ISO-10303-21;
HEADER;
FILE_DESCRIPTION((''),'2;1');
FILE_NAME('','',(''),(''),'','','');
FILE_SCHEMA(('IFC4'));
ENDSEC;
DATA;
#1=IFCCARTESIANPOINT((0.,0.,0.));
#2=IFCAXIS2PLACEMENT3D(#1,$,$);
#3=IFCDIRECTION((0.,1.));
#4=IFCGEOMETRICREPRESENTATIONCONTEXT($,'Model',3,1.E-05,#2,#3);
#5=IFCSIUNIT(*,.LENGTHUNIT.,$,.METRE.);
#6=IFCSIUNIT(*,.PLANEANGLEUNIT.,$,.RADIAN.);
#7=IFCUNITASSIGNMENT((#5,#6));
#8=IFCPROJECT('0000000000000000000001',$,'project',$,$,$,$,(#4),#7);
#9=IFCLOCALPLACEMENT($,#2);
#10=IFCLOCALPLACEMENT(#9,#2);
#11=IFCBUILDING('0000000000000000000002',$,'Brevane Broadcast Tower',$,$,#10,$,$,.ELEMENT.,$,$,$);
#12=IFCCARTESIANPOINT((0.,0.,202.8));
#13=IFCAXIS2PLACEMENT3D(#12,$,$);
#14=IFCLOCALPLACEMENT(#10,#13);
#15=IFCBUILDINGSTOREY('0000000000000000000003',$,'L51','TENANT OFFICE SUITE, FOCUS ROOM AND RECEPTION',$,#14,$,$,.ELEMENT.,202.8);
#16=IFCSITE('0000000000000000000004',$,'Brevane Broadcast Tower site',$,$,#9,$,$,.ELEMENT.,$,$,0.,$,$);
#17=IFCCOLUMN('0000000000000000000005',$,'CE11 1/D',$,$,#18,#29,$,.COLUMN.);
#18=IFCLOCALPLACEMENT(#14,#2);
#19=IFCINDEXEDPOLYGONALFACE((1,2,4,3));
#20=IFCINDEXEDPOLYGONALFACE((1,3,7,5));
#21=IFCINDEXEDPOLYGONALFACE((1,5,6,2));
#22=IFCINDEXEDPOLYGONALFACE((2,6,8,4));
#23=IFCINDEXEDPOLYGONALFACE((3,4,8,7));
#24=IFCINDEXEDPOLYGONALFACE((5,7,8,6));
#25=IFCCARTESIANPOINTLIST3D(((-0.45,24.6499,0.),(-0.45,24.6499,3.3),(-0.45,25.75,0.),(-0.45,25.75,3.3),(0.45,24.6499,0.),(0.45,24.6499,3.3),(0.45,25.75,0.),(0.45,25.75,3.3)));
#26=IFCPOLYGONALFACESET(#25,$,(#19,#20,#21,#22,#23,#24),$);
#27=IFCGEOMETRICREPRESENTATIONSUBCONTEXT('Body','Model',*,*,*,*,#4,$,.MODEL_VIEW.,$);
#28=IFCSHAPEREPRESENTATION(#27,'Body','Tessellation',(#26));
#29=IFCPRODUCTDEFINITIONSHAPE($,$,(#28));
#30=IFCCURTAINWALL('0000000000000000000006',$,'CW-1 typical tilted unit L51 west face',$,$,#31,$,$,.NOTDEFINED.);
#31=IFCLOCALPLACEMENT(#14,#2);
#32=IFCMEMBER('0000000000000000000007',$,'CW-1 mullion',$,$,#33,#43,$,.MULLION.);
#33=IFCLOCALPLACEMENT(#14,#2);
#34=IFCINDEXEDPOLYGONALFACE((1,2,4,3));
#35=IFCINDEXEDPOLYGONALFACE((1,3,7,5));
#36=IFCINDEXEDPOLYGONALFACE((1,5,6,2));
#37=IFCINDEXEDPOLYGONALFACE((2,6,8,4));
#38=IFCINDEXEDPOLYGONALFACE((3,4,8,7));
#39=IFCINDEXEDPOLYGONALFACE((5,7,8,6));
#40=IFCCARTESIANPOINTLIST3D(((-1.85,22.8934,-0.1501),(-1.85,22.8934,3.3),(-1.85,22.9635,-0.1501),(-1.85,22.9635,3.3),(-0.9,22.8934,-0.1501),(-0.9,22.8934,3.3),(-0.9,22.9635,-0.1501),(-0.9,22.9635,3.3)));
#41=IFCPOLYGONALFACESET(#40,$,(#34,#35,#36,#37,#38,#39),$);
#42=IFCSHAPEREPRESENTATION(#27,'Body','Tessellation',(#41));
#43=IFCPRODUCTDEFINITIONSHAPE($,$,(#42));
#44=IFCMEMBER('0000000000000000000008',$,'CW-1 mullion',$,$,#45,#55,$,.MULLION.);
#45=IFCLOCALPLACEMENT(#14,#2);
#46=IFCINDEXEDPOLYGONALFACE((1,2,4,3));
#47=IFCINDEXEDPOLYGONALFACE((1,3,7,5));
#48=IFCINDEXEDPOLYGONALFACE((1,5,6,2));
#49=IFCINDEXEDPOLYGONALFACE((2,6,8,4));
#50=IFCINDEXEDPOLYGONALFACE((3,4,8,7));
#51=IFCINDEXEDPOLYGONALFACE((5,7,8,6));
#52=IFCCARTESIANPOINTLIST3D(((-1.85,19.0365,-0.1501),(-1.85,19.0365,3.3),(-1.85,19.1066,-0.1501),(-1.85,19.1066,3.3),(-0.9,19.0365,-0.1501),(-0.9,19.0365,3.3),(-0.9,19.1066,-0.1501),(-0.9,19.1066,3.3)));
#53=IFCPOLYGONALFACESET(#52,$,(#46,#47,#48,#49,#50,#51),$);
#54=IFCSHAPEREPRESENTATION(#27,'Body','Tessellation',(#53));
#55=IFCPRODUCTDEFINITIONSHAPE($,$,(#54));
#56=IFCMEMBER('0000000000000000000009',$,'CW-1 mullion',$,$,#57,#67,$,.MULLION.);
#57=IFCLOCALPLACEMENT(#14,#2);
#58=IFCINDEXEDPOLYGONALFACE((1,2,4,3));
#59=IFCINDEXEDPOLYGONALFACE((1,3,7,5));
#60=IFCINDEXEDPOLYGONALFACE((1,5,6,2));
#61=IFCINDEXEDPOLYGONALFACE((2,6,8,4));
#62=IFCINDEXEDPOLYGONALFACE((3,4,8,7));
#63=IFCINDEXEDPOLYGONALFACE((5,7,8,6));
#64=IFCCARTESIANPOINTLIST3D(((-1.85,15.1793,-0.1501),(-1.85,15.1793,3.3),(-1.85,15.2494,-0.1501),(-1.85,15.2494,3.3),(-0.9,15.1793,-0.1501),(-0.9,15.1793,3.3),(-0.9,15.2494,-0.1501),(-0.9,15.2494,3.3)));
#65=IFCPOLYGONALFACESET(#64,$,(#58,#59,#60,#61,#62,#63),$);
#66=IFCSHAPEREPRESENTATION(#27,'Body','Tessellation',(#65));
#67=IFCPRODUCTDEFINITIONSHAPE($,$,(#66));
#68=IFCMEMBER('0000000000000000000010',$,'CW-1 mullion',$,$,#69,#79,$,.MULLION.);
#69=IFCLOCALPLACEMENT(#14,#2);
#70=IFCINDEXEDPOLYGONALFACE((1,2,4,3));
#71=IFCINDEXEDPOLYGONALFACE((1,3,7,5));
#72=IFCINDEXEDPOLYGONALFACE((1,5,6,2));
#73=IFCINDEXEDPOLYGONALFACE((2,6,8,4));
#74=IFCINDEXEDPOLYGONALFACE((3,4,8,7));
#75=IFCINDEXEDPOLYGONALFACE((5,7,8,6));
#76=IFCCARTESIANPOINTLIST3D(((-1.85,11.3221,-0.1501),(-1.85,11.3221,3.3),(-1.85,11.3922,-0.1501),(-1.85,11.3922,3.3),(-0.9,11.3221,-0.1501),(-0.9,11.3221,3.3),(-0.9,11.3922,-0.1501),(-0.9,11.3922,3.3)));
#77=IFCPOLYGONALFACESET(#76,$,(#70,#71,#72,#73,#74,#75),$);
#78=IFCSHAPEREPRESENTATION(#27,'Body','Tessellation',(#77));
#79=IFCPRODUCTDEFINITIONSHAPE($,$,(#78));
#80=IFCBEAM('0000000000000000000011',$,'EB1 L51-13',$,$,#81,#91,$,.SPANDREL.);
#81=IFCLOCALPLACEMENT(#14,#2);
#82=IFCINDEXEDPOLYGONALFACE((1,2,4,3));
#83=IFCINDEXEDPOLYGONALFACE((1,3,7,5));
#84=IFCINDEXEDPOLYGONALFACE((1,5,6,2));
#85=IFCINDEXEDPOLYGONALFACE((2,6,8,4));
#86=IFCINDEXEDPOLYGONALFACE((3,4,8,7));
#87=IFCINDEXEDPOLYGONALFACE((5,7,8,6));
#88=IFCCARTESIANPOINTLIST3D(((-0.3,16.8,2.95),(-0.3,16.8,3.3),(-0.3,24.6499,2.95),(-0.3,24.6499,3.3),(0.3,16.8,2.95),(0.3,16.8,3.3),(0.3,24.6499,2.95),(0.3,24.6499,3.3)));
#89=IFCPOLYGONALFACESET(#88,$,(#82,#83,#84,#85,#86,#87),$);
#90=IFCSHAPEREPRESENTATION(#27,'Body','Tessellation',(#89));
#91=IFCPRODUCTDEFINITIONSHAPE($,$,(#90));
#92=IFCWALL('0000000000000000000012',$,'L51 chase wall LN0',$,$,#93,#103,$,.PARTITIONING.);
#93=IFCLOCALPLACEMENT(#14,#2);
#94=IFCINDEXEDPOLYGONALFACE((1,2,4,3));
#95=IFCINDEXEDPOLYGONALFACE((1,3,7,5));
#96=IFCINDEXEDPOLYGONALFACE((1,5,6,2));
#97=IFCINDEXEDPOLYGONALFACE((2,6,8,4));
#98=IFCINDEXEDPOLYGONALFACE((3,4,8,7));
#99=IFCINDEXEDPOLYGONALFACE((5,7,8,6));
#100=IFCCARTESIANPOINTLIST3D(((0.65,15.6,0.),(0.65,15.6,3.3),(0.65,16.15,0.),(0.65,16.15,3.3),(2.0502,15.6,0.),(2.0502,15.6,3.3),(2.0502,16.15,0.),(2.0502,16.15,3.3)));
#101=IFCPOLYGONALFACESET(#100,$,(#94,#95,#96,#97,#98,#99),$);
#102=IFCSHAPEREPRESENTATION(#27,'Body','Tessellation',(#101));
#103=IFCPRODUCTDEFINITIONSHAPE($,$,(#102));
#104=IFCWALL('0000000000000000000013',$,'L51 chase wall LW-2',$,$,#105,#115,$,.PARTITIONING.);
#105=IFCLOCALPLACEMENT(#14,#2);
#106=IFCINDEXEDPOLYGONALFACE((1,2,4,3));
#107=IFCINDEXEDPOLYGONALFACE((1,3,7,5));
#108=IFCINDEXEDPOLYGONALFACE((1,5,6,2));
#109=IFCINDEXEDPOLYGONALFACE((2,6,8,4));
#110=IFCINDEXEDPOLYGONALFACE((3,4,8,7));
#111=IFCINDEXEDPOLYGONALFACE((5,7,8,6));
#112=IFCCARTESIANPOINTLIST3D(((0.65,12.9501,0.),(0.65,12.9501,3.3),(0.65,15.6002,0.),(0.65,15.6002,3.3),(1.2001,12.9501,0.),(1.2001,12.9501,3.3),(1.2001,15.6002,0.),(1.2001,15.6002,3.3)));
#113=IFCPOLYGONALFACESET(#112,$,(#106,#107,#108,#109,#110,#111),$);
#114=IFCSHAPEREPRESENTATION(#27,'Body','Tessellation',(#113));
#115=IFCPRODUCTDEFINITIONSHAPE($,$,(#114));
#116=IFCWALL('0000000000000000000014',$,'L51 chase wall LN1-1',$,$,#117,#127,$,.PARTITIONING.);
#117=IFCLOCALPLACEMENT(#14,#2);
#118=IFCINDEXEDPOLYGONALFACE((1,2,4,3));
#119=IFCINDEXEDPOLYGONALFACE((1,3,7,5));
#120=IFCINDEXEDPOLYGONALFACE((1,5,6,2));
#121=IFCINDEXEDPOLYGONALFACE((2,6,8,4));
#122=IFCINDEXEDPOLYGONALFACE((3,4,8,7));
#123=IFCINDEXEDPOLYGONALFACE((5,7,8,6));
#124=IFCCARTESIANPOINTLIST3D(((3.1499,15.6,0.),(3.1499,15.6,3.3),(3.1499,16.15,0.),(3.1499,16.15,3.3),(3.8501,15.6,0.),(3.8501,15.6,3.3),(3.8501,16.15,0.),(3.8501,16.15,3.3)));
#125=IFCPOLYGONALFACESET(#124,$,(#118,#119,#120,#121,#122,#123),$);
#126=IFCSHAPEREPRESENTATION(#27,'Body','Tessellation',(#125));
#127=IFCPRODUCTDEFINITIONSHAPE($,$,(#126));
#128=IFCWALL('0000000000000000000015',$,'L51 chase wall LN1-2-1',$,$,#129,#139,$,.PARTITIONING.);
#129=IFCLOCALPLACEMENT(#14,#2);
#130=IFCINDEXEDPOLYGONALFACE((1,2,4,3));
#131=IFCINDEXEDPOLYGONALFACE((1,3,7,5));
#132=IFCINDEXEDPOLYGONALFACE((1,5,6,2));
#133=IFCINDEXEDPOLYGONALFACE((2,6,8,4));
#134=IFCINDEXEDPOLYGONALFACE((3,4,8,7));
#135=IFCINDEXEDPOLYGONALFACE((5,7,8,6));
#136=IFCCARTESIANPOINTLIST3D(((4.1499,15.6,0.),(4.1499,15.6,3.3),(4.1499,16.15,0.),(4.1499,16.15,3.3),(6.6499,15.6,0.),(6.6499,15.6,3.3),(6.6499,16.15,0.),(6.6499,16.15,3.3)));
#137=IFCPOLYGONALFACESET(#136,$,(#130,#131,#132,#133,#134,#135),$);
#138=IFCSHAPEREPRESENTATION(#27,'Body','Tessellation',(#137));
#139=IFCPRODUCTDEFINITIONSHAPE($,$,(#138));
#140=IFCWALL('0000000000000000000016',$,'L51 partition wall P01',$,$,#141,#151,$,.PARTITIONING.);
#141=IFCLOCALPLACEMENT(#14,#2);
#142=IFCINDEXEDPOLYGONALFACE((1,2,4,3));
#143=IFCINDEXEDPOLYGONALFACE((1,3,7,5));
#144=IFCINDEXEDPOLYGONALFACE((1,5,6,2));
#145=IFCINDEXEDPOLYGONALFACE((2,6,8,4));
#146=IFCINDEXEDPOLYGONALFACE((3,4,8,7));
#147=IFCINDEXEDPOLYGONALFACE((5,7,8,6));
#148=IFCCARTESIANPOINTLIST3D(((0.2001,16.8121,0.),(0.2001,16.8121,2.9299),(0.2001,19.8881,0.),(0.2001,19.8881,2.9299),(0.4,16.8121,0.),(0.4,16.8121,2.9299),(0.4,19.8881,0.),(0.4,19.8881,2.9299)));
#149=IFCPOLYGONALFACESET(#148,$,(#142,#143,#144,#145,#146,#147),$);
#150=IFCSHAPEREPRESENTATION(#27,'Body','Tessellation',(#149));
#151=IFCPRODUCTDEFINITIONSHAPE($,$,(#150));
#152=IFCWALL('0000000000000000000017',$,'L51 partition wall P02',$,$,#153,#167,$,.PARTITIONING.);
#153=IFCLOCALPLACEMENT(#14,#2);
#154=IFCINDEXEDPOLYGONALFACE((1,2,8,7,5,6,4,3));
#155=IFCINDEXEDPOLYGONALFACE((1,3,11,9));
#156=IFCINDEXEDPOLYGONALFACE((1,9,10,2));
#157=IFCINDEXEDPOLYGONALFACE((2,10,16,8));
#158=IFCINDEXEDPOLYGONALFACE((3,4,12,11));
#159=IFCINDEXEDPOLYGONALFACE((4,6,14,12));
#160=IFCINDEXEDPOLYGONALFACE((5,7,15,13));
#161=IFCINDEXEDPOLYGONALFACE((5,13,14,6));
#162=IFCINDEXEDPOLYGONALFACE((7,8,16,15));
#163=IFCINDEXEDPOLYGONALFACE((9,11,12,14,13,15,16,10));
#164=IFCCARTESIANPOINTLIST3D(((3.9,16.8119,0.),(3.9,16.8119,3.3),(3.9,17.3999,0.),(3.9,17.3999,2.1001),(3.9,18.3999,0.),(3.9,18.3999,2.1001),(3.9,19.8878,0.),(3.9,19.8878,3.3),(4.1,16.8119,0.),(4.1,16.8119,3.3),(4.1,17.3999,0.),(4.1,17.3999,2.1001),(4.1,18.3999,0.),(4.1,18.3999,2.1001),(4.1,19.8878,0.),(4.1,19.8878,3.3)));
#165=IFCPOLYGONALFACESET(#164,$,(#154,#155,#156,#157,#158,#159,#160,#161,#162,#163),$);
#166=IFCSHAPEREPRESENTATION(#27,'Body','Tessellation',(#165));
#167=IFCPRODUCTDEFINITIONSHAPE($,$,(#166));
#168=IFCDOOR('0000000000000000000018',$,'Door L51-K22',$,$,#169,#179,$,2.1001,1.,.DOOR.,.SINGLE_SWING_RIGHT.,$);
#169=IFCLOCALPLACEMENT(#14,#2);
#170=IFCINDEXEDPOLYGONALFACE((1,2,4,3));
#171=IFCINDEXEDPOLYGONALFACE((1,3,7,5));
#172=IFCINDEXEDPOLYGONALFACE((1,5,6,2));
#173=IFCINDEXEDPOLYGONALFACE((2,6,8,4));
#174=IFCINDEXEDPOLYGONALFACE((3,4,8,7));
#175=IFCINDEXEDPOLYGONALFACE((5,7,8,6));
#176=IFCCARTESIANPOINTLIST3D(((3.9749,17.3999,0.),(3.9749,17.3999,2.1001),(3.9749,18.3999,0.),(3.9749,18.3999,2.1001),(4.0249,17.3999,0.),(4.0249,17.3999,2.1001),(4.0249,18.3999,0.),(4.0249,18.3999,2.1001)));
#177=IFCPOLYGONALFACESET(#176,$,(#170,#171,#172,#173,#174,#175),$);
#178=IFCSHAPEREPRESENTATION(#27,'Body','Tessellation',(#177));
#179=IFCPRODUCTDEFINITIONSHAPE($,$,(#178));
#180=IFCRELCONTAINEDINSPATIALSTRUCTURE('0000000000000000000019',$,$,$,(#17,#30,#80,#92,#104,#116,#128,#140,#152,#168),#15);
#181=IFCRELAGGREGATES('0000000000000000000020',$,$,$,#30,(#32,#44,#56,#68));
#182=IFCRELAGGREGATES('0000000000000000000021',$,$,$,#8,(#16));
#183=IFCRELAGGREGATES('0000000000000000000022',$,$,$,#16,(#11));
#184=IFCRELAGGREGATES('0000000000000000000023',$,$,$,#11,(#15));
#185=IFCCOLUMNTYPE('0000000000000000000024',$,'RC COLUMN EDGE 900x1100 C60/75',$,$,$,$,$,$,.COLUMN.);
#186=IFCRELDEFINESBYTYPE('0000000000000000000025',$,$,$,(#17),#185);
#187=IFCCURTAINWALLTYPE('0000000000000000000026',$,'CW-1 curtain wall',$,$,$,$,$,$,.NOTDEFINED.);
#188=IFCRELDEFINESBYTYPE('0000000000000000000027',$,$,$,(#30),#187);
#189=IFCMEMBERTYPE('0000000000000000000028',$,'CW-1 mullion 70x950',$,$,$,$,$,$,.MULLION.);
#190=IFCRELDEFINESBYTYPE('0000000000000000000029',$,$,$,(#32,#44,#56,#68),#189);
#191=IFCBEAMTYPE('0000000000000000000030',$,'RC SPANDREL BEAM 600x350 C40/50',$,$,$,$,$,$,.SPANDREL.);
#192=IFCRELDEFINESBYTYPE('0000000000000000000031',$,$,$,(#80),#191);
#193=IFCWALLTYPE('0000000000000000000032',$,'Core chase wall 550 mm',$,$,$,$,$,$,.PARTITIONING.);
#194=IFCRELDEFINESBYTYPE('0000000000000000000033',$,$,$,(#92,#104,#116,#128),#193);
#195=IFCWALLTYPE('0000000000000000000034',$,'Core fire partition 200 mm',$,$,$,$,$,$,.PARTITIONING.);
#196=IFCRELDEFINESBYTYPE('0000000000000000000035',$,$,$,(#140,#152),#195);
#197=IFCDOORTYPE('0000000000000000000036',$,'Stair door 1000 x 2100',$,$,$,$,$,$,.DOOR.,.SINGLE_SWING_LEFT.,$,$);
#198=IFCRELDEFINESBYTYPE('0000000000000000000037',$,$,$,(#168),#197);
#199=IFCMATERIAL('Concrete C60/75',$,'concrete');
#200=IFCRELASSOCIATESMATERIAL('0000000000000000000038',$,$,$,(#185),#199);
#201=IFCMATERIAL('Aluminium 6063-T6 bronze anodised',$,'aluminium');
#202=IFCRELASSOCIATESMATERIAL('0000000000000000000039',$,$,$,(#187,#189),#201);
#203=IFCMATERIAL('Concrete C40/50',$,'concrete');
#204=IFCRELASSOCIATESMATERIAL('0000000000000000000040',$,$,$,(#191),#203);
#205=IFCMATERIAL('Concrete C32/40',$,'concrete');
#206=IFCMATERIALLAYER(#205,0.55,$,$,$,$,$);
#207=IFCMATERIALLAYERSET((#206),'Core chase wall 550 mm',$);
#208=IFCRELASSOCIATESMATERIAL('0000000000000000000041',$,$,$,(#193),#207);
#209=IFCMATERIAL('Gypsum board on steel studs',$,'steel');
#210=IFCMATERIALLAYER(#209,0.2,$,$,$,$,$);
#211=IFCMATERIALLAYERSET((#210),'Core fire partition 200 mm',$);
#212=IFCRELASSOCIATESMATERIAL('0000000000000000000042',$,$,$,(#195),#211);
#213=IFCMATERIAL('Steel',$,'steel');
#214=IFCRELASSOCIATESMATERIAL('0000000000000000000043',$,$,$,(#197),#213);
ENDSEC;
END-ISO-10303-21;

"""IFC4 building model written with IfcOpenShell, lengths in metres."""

from ifc_helpers import new_model, si_unit, direction, frame, frame_2d, origin, origin_2d, place, context, subcontext, project, spatial, rectangle, extrude, material, layer, layer_set, material_profile, profile_set, type_object, element, fill, aggregate, save


model = new_model("IFC4")

# Units and contexts
model_context = context("Model", 3, precision=1e-05, world=origin(), true_north=direction((0.0, 1.0)))
body_context = subcontext(model_context, "Body", "Model", "MODEL_VIEW")
ifc_project = project(units=[si_unit("LENGTHUNIT", "METRE"), si_unit("PLANEANGLEUNIT", "RADIAN")], contexts=[model_context])

# Site, building, storey
site_placement = place(None, origin())
site = spatial("IfcSite", under=ifc_project, at=site_placement, Name="Brevane Broadcast Tower site", CompositionType="ELEMENT", RefElevation=0.0)
building_placement = place(site_placement, origin())
building = spatial("IfcBuilding", under=site, at=building_placement, Name="Brevane Broadcast Tower", CompositionType="ELEMENT")
storey_placement = place(building_placement, frame((0.0, 0.0, 202.8)))
storey = spatial("IfcBuildingStorey", under=building, at=storey_placement, Name="L51", Description="TENANT OFFICE SUITE, FOCUS ROOM AND RECEPTION", CompositionType="ELEMENT", Elevation=202.8)

# Column
ifc_material_1 = material(Name="Concrete C60/75", Category="concrete")
ifc_material_profile_1 = material_profile(ifc_material_1, rectangle(XDim=0.8999, YDim=1.1001, at=origin_2d()), Name="RC 900x1100")
ifc_profile_set_1 = profile_set([ifc_material_profile_1], Name="Concrete C60/75")
column_type = type_object("IfcColumnType", Name="RC COLUMN EDGE 900x1100 C60/75", PredefinedType="COLUMN", material=ifc_profile_set_1)
column_placement = place(storey_placement, frame((0.0, 25.2, 0.0), z_axis=(0.0, 0.0, 1.0), x_axis=(1.0, 0.0, 0.0)))
element("IfcColumn", 1, at=column_placement, inside=storey, type_object=column_type, Name="CE11 1/D", PredefinedType="COLUMN", context=body_context, shape_type="SweptSolid", body=[
    extrude(rectangle(XDim=0.8999, YDim=1.1001, at=origin_2d()), origin(), (0.0, 0.0, 1.0), 3.3),
])

# Curtain wall, members
ifc_material_2 = material(Name="Aluminium 6063-T6 bronze anodised", Category="aluminium")
curtain_wall_type = type_object("IfcCurtainWallType", Name="CW-1 curtain wall", PredefinedType="NOTDEFINED", material=ifc_material_2)
curtain_wall_placement = place(storey_placement, origin())
curtain_wall = element("IfcCurtainWall", 2, at=curtain_wall_placement, inside=storey, type_object=curtain_wall_type, Name="CW-1 typical tilted unit L51 west face", PredefinedType="NOTDEFINED")
ifc_material_profile_2 = material_profile(ifc_material_2, rectangle(XDim=0.95, YDim=0.0701, at=origin_2d()), Name="RECT 70x950")
ifc_profile_set_2 = profile_set([ifc_material_profile_2], Name="Aluminium 6063-T6 bronze anodised")
member_type = type_object("IfcMemberType", Name="CW-1 mullion 70x950", PredefinedType="MULLION", material=ifc_profile_set_2)
member_1_placement = place(storey_placement, frame((-1.375, 22.9285, -0.1501), z_axis=(0.0, 0.0, 1.0), x_axis=(1.0, 0.0, 0.0)))
member_1 = element("IfcMember", 3, at=member_1_placement, type_object=member_type, Name="CW-1 mullion", PredefinedType="MULLION", context=body_context, shape_type="SweptSolid", body=[
    extrude(rectangle(XDim=0.95, YDim=0.0701, at=origin_2d()), origin(), (0.0, 0.0, 1.0), 3.4502),
])
member_2_placement = place(storey_placement, frame((-1.375, 19.0715, -0.1501), z_axis=(0.0, 0.0, 1.0), x_axis=(1.0, 0.0, 0.0)))
member_2 = element("IfcMember", 4, at=member_2_placement, type_object=member_type, Name="CW-1 mullion", PredefinedType="MULLION", context=body_context, shape_type="SweptSolid", body=[
    extrude(rectangle(XDim=0.95, YDim=0.0701, at=origin_2d()), origin(), (0.0, 0.0, 1.0), 3.4502),
])
member_3_placement = place(storey_placement, frame((-1.375, 15.2144, -0.1501), z_axis=(0.0, 0.0, 1.0), x_axis=(1.0, 0.0, 0.0)))
member_3 = element("IfcMember", 5, at=member_3_placement, type_object=member_type, Name="CW-1 mullion", PredefinedType="MULLION", context=body_context, shape_type="SweptSolid", body=[
    extrude(rectangle(XDim=0.95, YDim=0.0701, at=origin_2d()), origin(), (0.0, 0.0, 1.0), 3.4502),
])
member_4_placement = place(storey_placement, frame((-1.375, 11.3572, -0.1501), z_axis=(0.0, 0.0, 1.0), x_axis=(1.0, 0.0, 0.0)))
member_4 = element("IfcMember", 6, at=member_4_placement, type_object=member_type, Name="CW-1 mullion", PredefinedType="MULLION", context=body_context, shape_type="SweptSolid", body=[
    extrude(rectangle(XDim=0.95, YDim=0.0701, at=origin_2d()), origin(), (0.0, 0.0, 1.0), 3.4502),
])
aggregate(curtain_wall, [member_1, member_2, member_3, member_4])

# Beam
ifc_material_3 = material(Name="Concrete C40/50", Category="concrete")
ifc_material_profile_3 = material_profile(ifc_material_3, rectangle(XDim=0.6001, YDim=0.3501, at=origin_2d()), Name="RC 600x350")
ifc_profile_set_3 = profile_set([ifc_material_profile_3], Name="Concrete C40/50")
beam_type = type_object("IfcBeamType", Name="RC SPANDREL BEAM 600x350 C40/50", PredefinedType="SPANDREL", material=ifc_profile_set_3)
beam_placement = place(storey_placement, frame((0.0, 24.6499, 3.125), z_axis=(0.0, -1.0, 0.0), x_axis=(1.0, 0.0, 0.0)))
element("IfcBeam", 7, at=beam_placement, inside=storey, type_object=beam_type, Name="EB1 L51-13", PredefinedType="SPANDREL", context=body_context, shape_type="SweptSolid", body=[
    extrude(rectangle(XDim=0.6001, YDim=0.3501, at=origin_2d()), origin(), (0.0, 0.0, 1.0), 7.8499),
])

# Walls
ifc_material_4 = material(Name="Concrete C32/40", Category="concrete")
ifc_layer_1 = layer(ifc_material_4, 0.55)
ifc_layer_set_1 = layer_set([ifc_layer_1], Name="Core chase wall 550 mm")
wall_type_1 = type_object("IfcWallType", Name="Core chase wall 550 mm", PredefinedType="PARTITIONING", material=ifc_layer_set_1)
wall_1_placement = place(storey_placement, frame((0.6499, 15.875, 0.0), z_axis=(0.0, 0.0, 1.0), x_axis=(1.0, 0.0, 0.0)))
element("IfcWall", 8, at=wall_1_placement, inside=storey, type_object=wall_type_1, Name="L51 chase wall LN0", PredefinedType="PARTITIONING", context=body_context, shape_type="SweptSolid", body=[
    extrude(rectangle(XDim=1.4001, YDim=0.55, at=frame_2d((0.7002, 0.0))), origin(), (0.0, 0.0, 1.0), 3.3),
])
wall_2_placement = place(storey_placement, frame((0.925, 12.95, 0.0), z_axis=(0.0, 0.0, 1.0), x_axis=(0.0, 1.0, 0.0)))
element("IfcWall", 9, at=wall_2_placement, inside=storey, type_object=wall_type_1, Name="L51 chase wall LW-2", PredefinedType="PARTITIONING", context=body_context, shape_type="SweptSolid", body=[
    extrude(rectangle(XDim=2.6501, YDim=0.55, at=frame_2d((1.3252, 0.0))), origin(), (0.0, 0.0, 1.0), 3.3),
])
wall_3_placement = place(storey_placement, frame((3.1499, 15.875, 0.0), z_axis=(0.0, 0.0, 1.0), x_axis=(1.0, 0.0, 0.0)))
element("IfcWall", 10, at=wall_3_placement, inside=storey, type_object=wall_type_1, Name="L51 chase wall LN1-1", PredefinedType="PARTITIONING", context=body_context, shape_type="SweptSolid", body=[
    extrude(rectangle(XDim=0.7002, YDim=0.55, at=frame_2d((0.3501, 0.0))), origin(), (0.0, 0.0, 1.0), 3.3),
])
wall_4_placement = place(storey_placement, frame((4.1499, 15.875, 0.0), z_axis=(0.0, 0.0, 1.0), x_axis=(1.0, 0.0, 0.0)))
element("IfcWall", 11, at=wall_4_placement, inside=storey, type_object=wall_type_1, Name="L51 chase wall LN1-2-1", PredefinedType="PARTITIONING", context=body_context, shape_type="SweptSolid", body=[
    extrude(rectangle(XDim=2.5, YDim=0.55, at=frame_2d((1.25, 0.0))), origin(), (0.0, 0.0, 1.0), 3.3),
])
ifc_material_5 = material(Name="Gypsum board on steel studs", Category="steel")
ifc_layer_2 = layer(ifc_material_5, 0.2)
ifc_layer_set_2 = layer_set([ifc_layer_2], Name="Core fire partition 200 mm")
wall_type_2 = type_object("IfcWallType", Name="Core fire partition 200 mm", PredefinedType="PARTITIONING", material=ifc_layer_set_2)
wall_5_placement = place(storey_placement, frame((0.3, 16.812, 0.0), z_axis=(0.0, 0.0, 1.0), x_axis=(0.0, 1.0, 0.0)))
element("IfcWall", 12, at=wall_5_placement, inside=storey, type_object=wall_type_2, Name="L51 partition wall P01", PredefinedType="PARTITIONING", context=body_context, shape_type="SweptSolid", body=[
    extrude(rectangle(XDim=3.0759, YDim=0.2, at=frame_2d((1.5381, 0.0))), origin(), (0.0, 0.0, 1.0), 2.9299),
])

# Wall, opening, door
wall_6_placement = place(storey_placement, frame((4.0, 19.8879, 0.0), z_axis=(0.0, 0.0, 1.0), x_axis=(0.0, -1.0, 0.0)))
wall_6 = element("IfcWall", 13, at=wall_6_placement, inside=storey, type_object=wall_type_2, Name="L51 partition wall P02", PredefinedType="PARTITIONING", context=body_context, shape_type="SweptSolid", body=[
    extrude(rectangle(XDim=3.0759, YDim=0.2, at=frame_2d((1.5381, 0.0))), origin(), (0.0, 0.0, 1.0), 3.3),
])
opening_1_placement = place(wall_6_placement, frame((1.488, 0.0, 0.0)))
opening_1 = element("IfcOpeningElement", 14, at=opening_1_placement, cuts=wall_6, PredefinedType="OPENING", context=body_context, shape_type="SweptSolid", body=[
    extrude(rectangle(XDim=1.0, YDim=2.1001, at=frame_2d((0.5, 1.05))), frame((0.0, 0.1099, 0.0), z_axis=(0.0, -1.0, 0.0), x_axis=(1.0, 0.0, 0.0)), (0.0, 0.0, 1.0), 0.22),
])
ifc_material_6 = material(Name="Steel", Category="steel")
door_type_1 = type_object("IfcDoorType", Name="Stair door 1000 x 2100", OperationType="SINGLE_SWING_LEFT", PredefinedType="DOOR", material=ifc_material_6)
door_1_placement = place(opening_1_placement, origin())
door_1 = element("IfcDoor", 15, at=door_1_placement, inside=storey, type_object=door_type_1, Name="Door L51-K22", OperationType="SINGLE_SWING_RIGHT", OverallHeight=2.1001, OverallWidth=1.0, PredefinedType="DOOR", context=body_context, shape_type="SweptSolid", body=[
    extrude(rectangle(XDim=1.0, YDim=2.1001, at=frame_2d((0.5, 1.05))), frame((0.0, 0.0249, 0.0), z_axis=(0.0, -1.0, 0.0), x_axis=(1.0, 0.0, 0.0)), (0.0, 0.0, 1.0), 0.05),
])
fill(opening_1, door_1)

save(model, "model.ifc")
